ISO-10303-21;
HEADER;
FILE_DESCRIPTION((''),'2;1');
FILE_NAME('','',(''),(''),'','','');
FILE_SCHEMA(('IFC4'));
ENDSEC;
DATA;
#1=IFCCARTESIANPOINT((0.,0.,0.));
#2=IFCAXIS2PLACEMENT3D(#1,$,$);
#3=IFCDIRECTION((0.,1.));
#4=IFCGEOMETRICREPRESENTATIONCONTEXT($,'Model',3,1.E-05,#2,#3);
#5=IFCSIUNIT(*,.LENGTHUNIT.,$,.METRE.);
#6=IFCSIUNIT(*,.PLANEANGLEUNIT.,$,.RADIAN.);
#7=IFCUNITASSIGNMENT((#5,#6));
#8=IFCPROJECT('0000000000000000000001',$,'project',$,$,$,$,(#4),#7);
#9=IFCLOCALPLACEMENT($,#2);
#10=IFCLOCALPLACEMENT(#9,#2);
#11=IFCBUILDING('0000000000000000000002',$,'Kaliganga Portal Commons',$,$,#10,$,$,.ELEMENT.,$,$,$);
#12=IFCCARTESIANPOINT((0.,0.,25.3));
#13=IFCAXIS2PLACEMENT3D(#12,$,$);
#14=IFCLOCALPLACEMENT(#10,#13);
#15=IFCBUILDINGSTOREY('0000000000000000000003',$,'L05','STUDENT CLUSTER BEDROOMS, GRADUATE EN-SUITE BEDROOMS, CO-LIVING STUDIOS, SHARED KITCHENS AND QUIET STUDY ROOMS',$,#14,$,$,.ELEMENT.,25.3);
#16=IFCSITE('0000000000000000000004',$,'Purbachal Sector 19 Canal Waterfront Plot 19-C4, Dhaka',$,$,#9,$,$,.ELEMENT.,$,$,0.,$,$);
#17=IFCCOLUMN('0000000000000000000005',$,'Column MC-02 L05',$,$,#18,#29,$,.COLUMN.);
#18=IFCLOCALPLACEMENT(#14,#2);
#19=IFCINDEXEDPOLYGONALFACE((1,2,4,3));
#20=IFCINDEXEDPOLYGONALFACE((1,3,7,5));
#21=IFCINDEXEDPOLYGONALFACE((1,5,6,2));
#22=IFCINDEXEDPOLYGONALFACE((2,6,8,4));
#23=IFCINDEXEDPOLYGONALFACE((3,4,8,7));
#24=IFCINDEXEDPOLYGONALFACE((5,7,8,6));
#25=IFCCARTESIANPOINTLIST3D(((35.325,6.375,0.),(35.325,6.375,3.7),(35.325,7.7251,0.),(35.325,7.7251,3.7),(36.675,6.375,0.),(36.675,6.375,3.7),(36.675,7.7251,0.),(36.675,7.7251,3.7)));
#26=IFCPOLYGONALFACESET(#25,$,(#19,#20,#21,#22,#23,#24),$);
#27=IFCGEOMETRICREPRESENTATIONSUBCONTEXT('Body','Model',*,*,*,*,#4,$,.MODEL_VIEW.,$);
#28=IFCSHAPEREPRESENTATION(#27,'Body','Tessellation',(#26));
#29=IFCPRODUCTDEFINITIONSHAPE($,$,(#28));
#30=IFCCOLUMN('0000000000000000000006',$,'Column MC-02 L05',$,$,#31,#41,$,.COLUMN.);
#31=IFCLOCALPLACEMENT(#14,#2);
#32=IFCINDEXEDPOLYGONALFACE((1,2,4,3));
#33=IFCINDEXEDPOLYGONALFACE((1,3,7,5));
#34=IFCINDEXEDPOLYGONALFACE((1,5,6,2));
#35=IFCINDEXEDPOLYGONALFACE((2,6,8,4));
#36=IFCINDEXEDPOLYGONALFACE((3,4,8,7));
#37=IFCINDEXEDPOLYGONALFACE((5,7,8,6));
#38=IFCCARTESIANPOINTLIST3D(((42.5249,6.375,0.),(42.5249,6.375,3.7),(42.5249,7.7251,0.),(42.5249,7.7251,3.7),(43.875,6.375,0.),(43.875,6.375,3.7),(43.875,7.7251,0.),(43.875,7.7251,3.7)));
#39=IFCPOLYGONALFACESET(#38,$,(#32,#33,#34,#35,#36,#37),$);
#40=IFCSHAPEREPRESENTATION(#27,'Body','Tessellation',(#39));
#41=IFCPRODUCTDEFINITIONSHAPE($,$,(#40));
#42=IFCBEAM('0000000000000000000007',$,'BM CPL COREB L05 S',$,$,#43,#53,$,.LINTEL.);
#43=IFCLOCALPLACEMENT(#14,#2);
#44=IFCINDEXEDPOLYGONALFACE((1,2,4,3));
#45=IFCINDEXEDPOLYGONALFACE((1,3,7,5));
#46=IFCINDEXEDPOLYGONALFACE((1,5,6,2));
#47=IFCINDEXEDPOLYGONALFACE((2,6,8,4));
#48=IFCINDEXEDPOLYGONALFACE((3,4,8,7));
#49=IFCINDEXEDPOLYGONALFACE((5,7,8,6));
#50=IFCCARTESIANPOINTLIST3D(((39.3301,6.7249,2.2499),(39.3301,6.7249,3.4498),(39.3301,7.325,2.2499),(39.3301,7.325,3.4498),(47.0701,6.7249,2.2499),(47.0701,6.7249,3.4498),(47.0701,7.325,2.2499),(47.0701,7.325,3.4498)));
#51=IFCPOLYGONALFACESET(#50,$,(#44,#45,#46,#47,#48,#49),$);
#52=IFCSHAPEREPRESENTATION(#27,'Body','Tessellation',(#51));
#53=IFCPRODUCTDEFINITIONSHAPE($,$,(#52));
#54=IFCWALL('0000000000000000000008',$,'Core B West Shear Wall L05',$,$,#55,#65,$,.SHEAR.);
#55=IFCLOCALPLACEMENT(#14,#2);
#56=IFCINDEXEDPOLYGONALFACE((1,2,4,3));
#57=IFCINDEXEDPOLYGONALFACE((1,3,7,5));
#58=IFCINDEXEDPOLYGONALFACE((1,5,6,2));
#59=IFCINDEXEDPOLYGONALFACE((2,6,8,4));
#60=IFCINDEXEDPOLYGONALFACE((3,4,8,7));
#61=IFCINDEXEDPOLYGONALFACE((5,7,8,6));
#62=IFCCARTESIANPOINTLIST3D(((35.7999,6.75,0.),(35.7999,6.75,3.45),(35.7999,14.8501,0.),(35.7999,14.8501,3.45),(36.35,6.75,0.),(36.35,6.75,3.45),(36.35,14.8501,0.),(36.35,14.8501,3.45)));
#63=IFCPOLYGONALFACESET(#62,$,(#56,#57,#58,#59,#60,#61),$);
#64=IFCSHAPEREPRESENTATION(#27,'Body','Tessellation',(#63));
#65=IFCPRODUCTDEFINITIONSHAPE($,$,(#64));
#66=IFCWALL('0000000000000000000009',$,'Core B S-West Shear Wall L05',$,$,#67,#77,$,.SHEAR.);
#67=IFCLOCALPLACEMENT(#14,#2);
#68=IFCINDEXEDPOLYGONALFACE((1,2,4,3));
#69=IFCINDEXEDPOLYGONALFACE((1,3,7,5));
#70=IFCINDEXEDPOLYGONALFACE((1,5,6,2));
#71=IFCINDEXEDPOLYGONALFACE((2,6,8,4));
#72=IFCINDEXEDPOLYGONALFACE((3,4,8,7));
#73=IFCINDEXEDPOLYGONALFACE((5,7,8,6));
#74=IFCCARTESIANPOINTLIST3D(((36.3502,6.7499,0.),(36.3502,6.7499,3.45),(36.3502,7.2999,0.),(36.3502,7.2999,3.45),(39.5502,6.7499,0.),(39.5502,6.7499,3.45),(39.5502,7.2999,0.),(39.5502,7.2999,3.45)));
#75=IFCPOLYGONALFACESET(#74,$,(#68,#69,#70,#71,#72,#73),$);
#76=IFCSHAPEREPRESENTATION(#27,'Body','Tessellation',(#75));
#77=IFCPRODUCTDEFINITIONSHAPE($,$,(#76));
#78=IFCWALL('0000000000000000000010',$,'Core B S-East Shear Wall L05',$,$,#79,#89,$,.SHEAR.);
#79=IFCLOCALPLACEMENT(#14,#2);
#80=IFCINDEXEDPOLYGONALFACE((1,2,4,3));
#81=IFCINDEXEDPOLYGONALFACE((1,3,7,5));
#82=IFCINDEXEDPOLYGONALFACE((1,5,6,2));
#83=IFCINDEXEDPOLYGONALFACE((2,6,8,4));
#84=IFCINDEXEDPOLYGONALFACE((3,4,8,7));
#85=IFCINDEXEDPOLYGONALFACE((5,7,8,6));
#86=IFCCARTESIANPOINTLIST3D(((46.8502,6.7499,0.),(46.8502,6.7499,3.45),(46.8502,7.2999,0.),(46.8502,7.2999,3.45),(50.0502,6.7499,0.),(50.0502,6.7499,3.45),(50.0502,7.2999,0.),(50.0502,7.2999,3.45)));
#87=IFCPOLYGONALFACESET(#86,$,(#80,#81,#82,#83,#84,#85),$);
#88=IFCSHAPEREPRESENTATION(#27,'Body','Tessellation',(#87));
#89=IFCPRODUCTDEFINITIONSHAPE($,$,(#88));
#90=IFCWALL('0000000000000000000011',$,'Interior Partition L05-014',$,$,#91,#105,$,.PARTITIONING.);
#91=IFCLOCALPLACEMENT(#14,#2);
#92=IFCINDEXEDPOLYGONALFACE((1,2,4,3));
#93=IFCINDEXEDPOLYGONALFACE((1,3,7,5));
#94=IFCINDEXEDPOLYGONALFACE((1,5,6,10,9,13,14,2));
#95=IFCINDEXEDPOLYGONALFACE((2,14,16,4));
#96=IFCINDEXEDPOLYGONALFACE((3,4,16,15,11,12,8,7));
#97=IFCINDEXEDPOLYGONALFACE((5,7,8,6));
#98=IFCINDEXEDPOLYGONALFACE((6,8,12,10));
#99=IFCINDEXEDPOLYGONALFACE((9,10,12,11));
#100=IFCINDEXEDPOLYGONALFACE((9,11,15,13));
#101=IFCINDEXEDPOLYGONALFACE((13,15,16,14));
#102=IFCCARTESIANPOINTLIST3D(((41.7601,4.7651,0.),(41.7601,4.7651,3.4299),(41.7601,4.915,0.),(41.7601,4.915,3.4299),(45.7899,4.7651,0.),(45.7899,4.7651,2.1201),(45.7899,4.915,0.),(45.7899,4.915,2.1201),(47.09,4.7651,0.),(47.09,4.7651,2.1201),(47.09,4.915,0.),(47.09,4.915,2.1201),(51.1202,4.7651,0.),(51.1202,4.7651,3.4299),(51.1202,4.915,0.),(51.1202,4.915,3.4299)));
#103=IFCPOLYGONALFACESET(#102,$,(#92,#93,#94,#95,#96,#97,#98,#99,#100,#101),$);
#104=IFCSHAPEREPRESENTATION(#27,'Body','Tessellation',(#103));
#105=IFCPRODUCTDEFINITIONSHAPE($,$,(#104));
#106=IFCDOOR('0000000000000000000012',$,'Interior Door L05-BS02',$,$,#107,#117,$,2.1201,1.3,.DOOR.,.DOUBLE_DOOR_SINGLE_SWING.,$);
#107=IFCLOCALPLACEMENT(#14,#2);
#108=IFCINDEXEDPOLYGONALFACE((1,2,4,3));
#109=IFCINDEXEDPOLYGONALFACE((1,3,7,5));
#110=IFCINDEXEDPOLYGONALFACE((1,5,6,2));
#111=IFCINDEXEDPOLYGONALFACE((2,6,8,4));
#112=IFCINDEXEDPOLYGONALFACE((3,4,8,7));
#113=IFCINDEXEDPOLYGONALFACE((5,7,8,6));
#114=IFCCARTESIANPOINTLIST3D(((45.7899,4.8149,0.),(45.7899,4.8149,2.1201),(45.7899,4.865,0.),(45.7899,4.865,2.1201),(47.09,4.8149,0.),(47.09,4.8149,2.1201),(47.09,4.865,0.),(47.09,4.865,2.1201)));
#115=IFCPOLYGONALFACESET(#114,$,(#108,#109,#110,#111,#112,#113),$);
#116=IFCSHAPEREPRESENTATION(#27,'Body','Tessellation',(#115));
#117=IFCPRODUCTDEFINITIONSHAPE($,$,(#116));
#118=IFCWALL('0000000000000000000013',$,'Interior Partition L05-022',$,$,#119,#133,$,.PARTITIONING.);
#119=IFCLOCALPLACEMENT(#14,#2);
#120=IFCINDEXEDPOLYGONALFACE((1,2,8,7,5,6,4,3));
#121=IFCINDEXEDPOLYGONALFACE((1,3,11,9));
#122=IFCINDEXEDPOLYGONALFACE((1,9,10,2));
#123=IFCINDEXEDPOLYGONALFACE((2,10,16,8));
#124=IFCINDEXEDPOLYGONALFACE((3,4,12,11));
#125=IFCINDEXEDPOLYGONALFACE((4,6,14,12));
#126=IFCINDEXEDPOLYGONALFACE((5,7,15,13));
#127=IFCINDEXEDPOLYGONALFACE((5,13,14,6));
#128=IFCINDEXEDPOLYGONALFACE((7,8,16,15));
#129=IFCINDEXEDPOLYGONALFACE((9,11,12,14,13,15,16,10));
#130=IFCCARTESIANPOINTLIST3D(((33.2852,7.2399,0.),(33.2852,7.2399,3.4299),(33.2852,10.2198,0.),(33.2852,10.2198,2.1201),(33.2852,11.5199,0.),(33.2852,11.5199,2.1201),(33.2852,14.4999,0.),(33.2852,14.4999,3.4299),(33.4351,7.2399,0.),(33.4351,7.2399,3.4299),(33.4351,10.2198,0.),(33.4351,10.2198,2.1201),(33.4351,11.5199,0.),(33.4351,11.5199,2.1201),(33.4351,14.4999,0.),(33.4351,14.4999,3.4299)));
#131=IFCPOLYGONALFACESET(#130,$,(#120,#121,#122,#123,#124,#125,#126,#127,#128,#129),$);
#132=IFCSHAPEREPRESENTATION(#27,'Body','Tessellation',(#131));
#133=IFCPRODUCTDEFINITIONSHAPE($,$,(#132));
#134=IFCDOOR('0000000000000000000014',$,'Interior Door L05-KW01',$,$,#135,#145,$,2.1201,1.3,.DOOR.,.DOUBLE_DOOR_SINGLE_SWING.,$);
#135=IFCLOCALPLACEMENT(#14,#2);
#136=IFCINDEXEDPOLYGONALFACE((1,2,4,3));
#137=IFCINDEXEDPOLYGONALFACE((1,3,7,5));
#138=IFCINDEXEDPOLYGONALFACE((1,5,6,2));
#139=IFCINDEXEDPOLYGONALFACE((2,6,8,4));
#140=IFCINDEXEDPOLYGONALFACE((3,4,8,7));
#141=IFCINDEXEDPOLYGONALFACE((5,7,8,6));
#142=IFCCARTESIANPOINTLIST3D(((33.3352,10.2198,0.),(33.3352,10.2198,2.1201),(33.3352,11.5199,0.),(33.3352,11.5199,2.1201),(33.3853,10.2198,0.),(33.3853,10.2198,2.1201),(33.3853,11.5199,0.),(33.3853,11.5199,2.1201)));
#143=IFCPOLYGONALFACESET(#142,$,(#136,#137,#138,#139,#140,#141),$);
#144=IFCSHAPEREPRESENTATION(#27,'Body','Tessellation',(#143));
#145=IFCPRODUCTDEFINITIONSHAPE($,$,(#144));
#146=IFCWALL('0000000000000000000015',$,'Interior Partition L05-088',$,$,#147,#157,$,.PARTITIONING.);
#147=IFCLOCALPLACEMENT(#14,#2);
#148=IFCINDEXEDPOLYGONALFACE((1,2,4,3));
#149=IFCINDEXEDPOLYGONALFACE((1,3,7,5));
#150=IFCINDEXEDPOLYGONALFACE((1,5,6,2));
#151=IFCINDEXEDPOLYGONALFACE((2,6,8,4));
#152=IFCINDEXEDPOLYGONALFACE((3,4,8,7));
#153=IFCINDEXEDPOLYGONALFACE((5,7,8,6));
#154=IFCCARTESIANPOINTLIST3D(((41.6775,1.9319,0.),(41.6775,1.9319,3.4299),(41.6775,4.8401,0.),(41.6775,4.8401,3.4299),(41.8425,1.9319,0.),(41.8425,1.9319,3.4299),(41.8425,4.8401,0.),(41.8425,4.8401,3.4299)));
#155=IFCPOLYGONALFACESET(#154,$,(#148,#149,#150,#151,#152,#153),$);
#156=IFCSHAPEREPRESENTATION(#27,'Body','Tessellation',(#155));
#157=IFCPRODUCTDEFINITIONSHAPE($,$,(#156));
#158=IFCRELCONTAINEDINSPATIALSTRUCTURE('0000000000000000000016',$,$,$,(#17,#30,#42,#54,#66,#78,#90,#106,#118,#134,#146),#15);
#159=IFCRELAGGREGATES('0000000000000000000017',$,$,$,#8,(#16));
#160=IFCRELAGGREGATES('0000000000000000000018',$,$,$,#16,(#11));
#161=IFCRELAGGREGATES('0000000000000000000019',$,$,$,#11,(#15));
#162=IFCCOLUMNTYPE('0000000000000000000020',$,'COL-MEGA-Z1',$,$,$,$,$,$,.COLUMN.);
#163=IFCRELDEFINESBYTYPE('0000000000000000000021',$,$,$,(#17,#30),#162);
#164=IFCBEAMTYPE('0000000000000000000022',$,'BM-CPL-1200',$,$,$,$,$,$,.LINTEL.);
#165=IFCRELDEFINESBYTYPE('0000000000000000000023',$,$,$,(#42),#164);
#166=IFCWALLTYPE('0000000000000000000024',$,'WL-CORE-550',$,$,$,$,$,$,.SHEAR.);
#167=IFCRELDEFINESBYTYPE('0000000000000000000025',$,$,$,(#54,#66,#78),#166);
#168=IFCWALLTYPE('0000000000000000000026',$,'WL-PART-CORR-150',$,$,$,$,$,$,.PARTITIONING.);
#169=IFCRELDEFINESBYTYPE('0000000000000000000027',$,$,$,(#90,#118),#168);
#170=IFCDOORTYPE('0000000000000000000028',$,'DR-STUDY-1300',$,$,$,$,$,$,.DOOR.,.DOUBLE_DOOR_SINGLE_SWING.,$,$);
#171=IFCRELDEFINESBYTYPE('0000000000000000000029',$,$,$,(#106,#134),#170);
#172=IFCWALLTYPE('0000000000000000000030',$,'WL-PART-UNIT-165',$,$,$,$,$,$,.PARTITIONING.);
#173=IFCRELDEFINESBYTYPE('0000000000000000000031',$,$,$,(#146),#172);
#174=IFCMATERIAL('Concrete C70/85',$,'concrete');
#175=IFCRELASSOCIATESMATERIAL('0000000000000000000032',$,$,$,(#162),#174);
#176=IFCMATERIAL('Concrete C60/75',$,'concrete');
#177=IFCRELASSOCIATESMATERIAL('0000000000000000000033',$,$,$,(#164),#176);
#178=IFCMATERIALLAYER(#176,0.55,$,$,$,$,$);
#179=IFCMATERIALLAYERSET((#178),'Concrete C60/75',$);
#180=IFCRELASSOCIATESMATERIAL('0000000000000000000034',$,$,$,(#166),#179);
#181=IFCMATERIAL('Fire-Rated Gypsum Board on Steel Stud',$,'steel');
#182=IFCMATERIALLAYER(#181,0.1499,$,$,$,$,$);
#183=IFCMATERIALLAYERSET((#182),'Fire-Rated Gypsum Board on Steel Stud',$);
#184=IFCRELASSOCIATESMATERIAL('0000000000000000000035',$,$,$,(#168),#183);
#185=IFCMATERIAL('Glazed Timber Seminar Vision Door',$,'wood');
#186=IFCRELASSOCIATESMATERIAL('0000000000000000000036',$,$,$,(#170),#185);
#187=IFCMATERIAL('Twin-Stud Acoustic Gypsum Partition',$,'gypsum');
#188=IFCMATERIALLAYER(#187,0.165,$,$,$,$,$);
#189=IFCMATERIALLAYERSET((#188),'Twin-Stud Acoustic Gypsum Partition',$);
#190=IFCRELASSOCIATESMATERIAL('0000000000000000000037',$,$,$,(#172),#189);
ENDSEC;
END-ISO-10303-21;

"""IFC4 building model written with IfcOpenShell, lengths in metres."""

from ifc_helpers import new_model, si_unit, direction, frame, frame_2d, origin, origin_2d, place, context, subcontext, project, spatial, rectangle, extrude, source, transform, mapped, material, layer, layer_set, material_profile, profile_set, type_object, element, fill, save


model = new_model("IFC4")

# Units and contexts
model_context = context("Model", 3, precision=1e-05, world=origin(), true_north=direction((0.0, 1.0)))
body_context = subcontext(model_context, "Body", "Model", "MODEL_VIEW")
ifc_project = project(units=[si_unit("LENGTHUNIT", "METRE"), si_unit("PLANEANGLEUNIT", "RADIAN")], contexts=[model_context])

# Site, building, storey
site_placement = place(None, origin())
site = spatial("IfcSite", under=ifc_project, at=site_placement, Name="Purbachal Sector 19 Canal Waterfront Plot 19-C4, Dhaka", CompositionType="ELEMENT", RefElevation=0.0)
building_placement = place(site_placement, origin())
building = spatial("IfcBuilding", under=site, at=building_placement, Name="Kaliganga Portal Commons", CompositionType="ELEMENT")
storey_placement = place(building_placement, frame((0.0, 0.0, 25.3)))
storey = spatial("IfcBuildingStorey", under=building, at=storey_placement, Name="L05", Description="STUDENT CLUSTER BEDROOMS, GRADUATE EN-SUITE BEDROOMS, CO-LIVING STUDIOS, SHARED KITCHENS AND QUIET STUDY ROOMS", CompositionType="ELEMENT", Elevation=25.3)

# Columns
ifc_material_1 = material(Name="Concrete C70/85", Category="concrete")
ifc_material_profile_1 = material_profile(ifc_material_1, rectangle(XDim=1.3501, YDim=1.3501, at=origin_2d()), Name="RC 1350x1350")
ifc_profile_set_1 = profile_set([ifc_material_profile_1], Name="Concrete C70/85")
column_type = type_object("IfcColumnType", Name="COL-MEGA-Z1", PredefinedType="COLUMN", material=ifc_profile_set_1)
shared_shape_1 = source(origin(), body_context, "Body", "SweptSolid", [
    extrude(rectangle(XDim=1.3501, YDim=1.3501, at=origin_2d()), origin(), (0.0, 0.0, 1.0), 3.7),
])
for number, where, z_axis, x_axis, name in (
    (1, (36.0, 7.05, 0.0), (0.0, 0.0, 1.0), (1.0, 0.0, 0.0), "Column MC-02 L05"),
    (2, (43.2, 7.05, 0.0), (0.0, 0.0, 1.0), (1.0, 0.0, 0.0), "Column MC-02 L05"),
):
    element("IfcColumn", number, at=place(storey_placement, frame(where, z_axis=z_axis, x_axis=x_axis)), inside=storey, type_object=column_type, Name=name, PredefinedType="COLUMN", context=body_context, shape_type="MappedRepresentation", body=[
        mapped(shared_shape_1, transform((0.0, 0.0, 0.0), x_axis=(1.0, 0.0, 0.0), y_axis=(0.0, 1.0, 0.0), z_axis=(0.0, 0.0, 1.0), scale=1.0)),
    ])

# Beam
ifc_material_2 = material(Name="Concrete C60/75", Category="concrete")
ifc_material_profile_2 = material_profile(ifc_material_2, rectangle(XDim=0.6001, YDim=1.2, at=origin_2d()), Name="RC 600x1200")
ifc_profile_set_2 = profile_set([ifc_material_profile_2], Name="Concrete C60/75")
beam_type = type_object("IfcBeamType", Name="BM-CPL-1200", PredefinedType="LINTEL", material=ifc_profile_set_2)
shared_shape_2 = source(origin(), body_context, "Body", "SweptSolid", [
    extrude(rectangle(XDim=0.6001, YDim=1.2, at=origin_2d()), origin(), (0.0, 0.0, 1.0), 7.74),
])
beam_placement = place(storey_placement, frame((39.3301, 7.0249, 2.8499), z_axis=(1.0, 0.0, 0.0), x_axis=(0.0, 1.0, 0.0)))
element("IfcBeam", 3, at=beam_placement, inside=storey, type_object=beam_type, Name="BM CPL COREB L05 S", PredefinedType="LINTEL", context=body_context, shape_type="MappedRepresentation", body=[
    mapped(shared_shape_2, transform((0.0, 0.0, 0.0), x_axis=(1.0, 0.0, 0.0), y_axis=(0.0, 1.0, 0.0), z_axis=(0.0, 0.0, 1.0), scale=1.0)),
])

# Walls
ifc_layer_1 = layer(ifc_material_2, 0.55)
ifc_layer_set_1 = layer_set([ifc_layer_1], Name="Concrete C60/75")
wall_type_1 = type_object("IfcWallType", Name="WL-CORE-550", PredefinedType="SHEAR", material=ifc_layer_set_1)
wall_1_placement = place(storey_placement, frame((36.075, 6.75, 0.0), z_axis=(0.0, 0.0, 1.0), x_axis=(0.0, 1.0, 0.0)))
element("IfcWall", 4, at=wall_1_placement, inside=storey, type_object=wall_type_1, Name="Core B West Shear Wall L05", PredefinedType="SHEAR", context=body_context, shape_type="SweptSolid", body=[
    extrude(rectangle(XDim=8.1001, YDim=0.55, at=frame_2d((4.05, 0.0))), origin(), (0.0, 0.0, 1.0), 3.45),
])
for number, where, z_axis, x_axis, name in (
    (5, (36.3501, 7.0249, 0.0), (0.0, 0.0, 1.0), (1.0, 0.0, 0.0), "Core B S-West Shear Wall L05"),
    (6, (46.8501, 7.0249, 0.0), (0.0, 0.0, 1.0), (1.0, 0.0, 0.0), "Core B S-East Shear Wall L05"),
):
    element("IfcWall", number, at=place(storey_placement, frame(where, z_axis=z_axis, x_axis=x_axis)), inside=storey, type_object=wall_type_1, Name=name, PredefinedType="SHEAR", context=body_context, shape_type="SweptSolid", body=[
        extrude(rectangle(XDim=3.2, YDim=0.55, at=frame_2d((1.6001, 0.0))), origin(), (0.0, 0.0, 1.0), 3.45),
    ])

# Walls, openings, doors
ifc_material_3 = material(Name="Fire-Rated Gypsum Board on Steel Stud", Category="steel")
ifc_layer_2 = layer(ifc_material_3, 0.1499)
ifc_layer_set_2 = layer_set([ifc_layer_2], Name="Fire-Rated Gypsum Board on Steel Stud")
wall_type_2 = type_object("IfcWallType", Name="WL-PART-CORR-150", PredefinedType="PARTITIONING", material=ifc_layer_set_2)
wall_2_placement = place(storey_placement, frame((41.76, 4.8401, 0.0), z_axis=(0.0, 0.0, 1.0), x_axis=(1.0, 0.0, 0.0)))
wall_2 = element("IfcWall", 7, at=wall_2_placement, inside=storey, type_object=wall_type_2, Name="Interior Partition L05-014", PredefinedType="PARTITIONING", context=body_context, shape_type="SweptSolid", body=[
    extrude(rectangle(XDim=9.3601, YDim=0.1499, at=frame_2d((4.6802, 0.0))), origin(), (0.0, 0.0, 1.0), 3.4299),
])
opening_1_placement = place(wall_2_placement, frame((4.03, 0.0, 0.0)))
opening_1 = element("IfcOpeningElement", 8, at=opening_1_placement, cuts=wall_2, PredefinedType="OPENING", context=body_context, shape_type="SweptSolid", body=[
    extrude(rectangle(XDim=1.3, YDim=2.1201, at=frame_2d((0.6499, 1.0601))), frame((0.0, 0.085, 0.0), z_axis=(0.0, -1.0, 0.0), x_axis=(1.0, 0.0, 0.0)), (0.0, 0.0, 1.0), 0.1699),
])
ifc_material_4 = material(Name="Glazed Timber Seminar Vision Door", Category="wood")
door_type_1 = type_object("IfcDoorType", Name="DR-STUDY-1300", OperationType="DOUBLE_DOOR_SINGLE_SWING", PredefinedType="DOOR", material=ifc_material_4)
door_1_placement = place(opening_1_placement, origin())
door_1 = element("IfcDoor", 9, at=door_1_placement, inside=storey, type_object=door_type_1, Name="Interior Door L05-BS02", OperationType="DOUBLE_DOOR_SINGLE_SWING", OverallHeight=2.1201, OverallWidth=1.3, PredefinedType="DOOR", context=body_context, shape_type="SweptSolid", body=[
    extrude(rectangle(XDim=1.3, YDim=2.1201, at=frame_2d((0.6499, 1.0601))), frame((0.0, 0.0249, 0.0), z_axis=(0.0, -1.0, 0.0), x_axis=(1.0, 0.0, 0.0)), (0.0, 0.0, 1.0), 0.05),
])
fill(opening_1, door_1)
wall_3_placement = place(storey_placement, frame((33.3601, 7.24, 0.0), z_axis=(0.0, 0.0, 1.0), x_axis=(0.0, 1.0, 0.0)))
wall_3 = element("IfcWall", 10, at=wall_3_placement, inside=storey, type_object=wall_type_2, Name="Interior Partition L05-022", PredefinedType="PARTITIONING", context=body_context, shape_type="SweptSolid", body=[
    extrude(rectangle(XDim=7.26, YDim=0.1499, at=frame_2d((3.6299, 0.0))), origin(), (0.0, 0.0, 1.0), 3.4299),
])
opening_2_placement = place(wall_3_placement, frame((2.98, 0.0, 0.0)))
opening_2 = element("IfcOpeningElement", 11, at=opening_2_placement, cuts=wall_3, PredefinedType="OPENING", context=body_context, shape_type="SweptSolid", body=[
    extrude(rectangle(XDim=1.3, YDim=2.1201, at=frame_2d((0.6499, 1.0601))), frame((0.0, 0.085, 0.0), z_axis=(0.0, -1.0, 0.0), x_axis=(1.0, 0.0, 0.0)), (0.0, 0.0, 1.0), 0.1699),
])
door_2_placement = place(opening_2_placement, origin())
door_2 = element("IfcDoor", 12, at=door_2_placement, inside=storey, type_object=door_type_1, Name="Interior Door L05-KW01", OperationType="DOUBLE_DOOR_SINGLE_SWING", OverallHeight=2.1201, OverallWidth=1.3, PredefinedType="DOOR", context=body_context, shape_type="SweptSolid", body=[
    extrude(rectangle(XDim=1.3, YDim=2.1201, at=frame_2d((0.6499, 1.0601))), frame((0.0, 0.0249, 0.0), z_axis=(0.0, -1.0, 0.0), x_axis=(1.0, 0.0, 0.0)), (0.0, 0.0, 1.0), 0.05),
])
fill(opening_2, door_2)

# Wall
ifc_material_5 = material(Name="Twin-Stud Acoustic Gypsum Partition", Category="gypsum")
ifc_layer_3 = layer(ifc_material_5, 0.165)
ifc_layer_set_3 = layer_set([ifc_layer_3], Name="Twin-Stud Acoustic Gypsum Partition")
wall_type_3 = type_object("IfcWallType", Name="WL-PART-UNIT-165", PredefinedType="PARTITIONING", material=ifc_layer_set_3)
wall_4_placement = place(storey_placement, frame((41.76, 1.9319, 0.0), z_axis=(0.0, 0.0, 1.0), x_axis=(0.0, 1.0, 0.0)))
element("IfcWall", 13, at=wall_4_placement, inside=storey, type_object=wall_type_3, Name="Interior Partition L05-088", PredefinedType="PARTITIONING", context=body_context, shape_type="SweptSolid", body=[
    extrude(rectangle(XDim=2.9082, YDim=0.165, at=frame_2d((1.4541, 0.0))), origin(), (0.0, 0.0, 1.0), 3.4299),
])

save(model, "model.ifc")
